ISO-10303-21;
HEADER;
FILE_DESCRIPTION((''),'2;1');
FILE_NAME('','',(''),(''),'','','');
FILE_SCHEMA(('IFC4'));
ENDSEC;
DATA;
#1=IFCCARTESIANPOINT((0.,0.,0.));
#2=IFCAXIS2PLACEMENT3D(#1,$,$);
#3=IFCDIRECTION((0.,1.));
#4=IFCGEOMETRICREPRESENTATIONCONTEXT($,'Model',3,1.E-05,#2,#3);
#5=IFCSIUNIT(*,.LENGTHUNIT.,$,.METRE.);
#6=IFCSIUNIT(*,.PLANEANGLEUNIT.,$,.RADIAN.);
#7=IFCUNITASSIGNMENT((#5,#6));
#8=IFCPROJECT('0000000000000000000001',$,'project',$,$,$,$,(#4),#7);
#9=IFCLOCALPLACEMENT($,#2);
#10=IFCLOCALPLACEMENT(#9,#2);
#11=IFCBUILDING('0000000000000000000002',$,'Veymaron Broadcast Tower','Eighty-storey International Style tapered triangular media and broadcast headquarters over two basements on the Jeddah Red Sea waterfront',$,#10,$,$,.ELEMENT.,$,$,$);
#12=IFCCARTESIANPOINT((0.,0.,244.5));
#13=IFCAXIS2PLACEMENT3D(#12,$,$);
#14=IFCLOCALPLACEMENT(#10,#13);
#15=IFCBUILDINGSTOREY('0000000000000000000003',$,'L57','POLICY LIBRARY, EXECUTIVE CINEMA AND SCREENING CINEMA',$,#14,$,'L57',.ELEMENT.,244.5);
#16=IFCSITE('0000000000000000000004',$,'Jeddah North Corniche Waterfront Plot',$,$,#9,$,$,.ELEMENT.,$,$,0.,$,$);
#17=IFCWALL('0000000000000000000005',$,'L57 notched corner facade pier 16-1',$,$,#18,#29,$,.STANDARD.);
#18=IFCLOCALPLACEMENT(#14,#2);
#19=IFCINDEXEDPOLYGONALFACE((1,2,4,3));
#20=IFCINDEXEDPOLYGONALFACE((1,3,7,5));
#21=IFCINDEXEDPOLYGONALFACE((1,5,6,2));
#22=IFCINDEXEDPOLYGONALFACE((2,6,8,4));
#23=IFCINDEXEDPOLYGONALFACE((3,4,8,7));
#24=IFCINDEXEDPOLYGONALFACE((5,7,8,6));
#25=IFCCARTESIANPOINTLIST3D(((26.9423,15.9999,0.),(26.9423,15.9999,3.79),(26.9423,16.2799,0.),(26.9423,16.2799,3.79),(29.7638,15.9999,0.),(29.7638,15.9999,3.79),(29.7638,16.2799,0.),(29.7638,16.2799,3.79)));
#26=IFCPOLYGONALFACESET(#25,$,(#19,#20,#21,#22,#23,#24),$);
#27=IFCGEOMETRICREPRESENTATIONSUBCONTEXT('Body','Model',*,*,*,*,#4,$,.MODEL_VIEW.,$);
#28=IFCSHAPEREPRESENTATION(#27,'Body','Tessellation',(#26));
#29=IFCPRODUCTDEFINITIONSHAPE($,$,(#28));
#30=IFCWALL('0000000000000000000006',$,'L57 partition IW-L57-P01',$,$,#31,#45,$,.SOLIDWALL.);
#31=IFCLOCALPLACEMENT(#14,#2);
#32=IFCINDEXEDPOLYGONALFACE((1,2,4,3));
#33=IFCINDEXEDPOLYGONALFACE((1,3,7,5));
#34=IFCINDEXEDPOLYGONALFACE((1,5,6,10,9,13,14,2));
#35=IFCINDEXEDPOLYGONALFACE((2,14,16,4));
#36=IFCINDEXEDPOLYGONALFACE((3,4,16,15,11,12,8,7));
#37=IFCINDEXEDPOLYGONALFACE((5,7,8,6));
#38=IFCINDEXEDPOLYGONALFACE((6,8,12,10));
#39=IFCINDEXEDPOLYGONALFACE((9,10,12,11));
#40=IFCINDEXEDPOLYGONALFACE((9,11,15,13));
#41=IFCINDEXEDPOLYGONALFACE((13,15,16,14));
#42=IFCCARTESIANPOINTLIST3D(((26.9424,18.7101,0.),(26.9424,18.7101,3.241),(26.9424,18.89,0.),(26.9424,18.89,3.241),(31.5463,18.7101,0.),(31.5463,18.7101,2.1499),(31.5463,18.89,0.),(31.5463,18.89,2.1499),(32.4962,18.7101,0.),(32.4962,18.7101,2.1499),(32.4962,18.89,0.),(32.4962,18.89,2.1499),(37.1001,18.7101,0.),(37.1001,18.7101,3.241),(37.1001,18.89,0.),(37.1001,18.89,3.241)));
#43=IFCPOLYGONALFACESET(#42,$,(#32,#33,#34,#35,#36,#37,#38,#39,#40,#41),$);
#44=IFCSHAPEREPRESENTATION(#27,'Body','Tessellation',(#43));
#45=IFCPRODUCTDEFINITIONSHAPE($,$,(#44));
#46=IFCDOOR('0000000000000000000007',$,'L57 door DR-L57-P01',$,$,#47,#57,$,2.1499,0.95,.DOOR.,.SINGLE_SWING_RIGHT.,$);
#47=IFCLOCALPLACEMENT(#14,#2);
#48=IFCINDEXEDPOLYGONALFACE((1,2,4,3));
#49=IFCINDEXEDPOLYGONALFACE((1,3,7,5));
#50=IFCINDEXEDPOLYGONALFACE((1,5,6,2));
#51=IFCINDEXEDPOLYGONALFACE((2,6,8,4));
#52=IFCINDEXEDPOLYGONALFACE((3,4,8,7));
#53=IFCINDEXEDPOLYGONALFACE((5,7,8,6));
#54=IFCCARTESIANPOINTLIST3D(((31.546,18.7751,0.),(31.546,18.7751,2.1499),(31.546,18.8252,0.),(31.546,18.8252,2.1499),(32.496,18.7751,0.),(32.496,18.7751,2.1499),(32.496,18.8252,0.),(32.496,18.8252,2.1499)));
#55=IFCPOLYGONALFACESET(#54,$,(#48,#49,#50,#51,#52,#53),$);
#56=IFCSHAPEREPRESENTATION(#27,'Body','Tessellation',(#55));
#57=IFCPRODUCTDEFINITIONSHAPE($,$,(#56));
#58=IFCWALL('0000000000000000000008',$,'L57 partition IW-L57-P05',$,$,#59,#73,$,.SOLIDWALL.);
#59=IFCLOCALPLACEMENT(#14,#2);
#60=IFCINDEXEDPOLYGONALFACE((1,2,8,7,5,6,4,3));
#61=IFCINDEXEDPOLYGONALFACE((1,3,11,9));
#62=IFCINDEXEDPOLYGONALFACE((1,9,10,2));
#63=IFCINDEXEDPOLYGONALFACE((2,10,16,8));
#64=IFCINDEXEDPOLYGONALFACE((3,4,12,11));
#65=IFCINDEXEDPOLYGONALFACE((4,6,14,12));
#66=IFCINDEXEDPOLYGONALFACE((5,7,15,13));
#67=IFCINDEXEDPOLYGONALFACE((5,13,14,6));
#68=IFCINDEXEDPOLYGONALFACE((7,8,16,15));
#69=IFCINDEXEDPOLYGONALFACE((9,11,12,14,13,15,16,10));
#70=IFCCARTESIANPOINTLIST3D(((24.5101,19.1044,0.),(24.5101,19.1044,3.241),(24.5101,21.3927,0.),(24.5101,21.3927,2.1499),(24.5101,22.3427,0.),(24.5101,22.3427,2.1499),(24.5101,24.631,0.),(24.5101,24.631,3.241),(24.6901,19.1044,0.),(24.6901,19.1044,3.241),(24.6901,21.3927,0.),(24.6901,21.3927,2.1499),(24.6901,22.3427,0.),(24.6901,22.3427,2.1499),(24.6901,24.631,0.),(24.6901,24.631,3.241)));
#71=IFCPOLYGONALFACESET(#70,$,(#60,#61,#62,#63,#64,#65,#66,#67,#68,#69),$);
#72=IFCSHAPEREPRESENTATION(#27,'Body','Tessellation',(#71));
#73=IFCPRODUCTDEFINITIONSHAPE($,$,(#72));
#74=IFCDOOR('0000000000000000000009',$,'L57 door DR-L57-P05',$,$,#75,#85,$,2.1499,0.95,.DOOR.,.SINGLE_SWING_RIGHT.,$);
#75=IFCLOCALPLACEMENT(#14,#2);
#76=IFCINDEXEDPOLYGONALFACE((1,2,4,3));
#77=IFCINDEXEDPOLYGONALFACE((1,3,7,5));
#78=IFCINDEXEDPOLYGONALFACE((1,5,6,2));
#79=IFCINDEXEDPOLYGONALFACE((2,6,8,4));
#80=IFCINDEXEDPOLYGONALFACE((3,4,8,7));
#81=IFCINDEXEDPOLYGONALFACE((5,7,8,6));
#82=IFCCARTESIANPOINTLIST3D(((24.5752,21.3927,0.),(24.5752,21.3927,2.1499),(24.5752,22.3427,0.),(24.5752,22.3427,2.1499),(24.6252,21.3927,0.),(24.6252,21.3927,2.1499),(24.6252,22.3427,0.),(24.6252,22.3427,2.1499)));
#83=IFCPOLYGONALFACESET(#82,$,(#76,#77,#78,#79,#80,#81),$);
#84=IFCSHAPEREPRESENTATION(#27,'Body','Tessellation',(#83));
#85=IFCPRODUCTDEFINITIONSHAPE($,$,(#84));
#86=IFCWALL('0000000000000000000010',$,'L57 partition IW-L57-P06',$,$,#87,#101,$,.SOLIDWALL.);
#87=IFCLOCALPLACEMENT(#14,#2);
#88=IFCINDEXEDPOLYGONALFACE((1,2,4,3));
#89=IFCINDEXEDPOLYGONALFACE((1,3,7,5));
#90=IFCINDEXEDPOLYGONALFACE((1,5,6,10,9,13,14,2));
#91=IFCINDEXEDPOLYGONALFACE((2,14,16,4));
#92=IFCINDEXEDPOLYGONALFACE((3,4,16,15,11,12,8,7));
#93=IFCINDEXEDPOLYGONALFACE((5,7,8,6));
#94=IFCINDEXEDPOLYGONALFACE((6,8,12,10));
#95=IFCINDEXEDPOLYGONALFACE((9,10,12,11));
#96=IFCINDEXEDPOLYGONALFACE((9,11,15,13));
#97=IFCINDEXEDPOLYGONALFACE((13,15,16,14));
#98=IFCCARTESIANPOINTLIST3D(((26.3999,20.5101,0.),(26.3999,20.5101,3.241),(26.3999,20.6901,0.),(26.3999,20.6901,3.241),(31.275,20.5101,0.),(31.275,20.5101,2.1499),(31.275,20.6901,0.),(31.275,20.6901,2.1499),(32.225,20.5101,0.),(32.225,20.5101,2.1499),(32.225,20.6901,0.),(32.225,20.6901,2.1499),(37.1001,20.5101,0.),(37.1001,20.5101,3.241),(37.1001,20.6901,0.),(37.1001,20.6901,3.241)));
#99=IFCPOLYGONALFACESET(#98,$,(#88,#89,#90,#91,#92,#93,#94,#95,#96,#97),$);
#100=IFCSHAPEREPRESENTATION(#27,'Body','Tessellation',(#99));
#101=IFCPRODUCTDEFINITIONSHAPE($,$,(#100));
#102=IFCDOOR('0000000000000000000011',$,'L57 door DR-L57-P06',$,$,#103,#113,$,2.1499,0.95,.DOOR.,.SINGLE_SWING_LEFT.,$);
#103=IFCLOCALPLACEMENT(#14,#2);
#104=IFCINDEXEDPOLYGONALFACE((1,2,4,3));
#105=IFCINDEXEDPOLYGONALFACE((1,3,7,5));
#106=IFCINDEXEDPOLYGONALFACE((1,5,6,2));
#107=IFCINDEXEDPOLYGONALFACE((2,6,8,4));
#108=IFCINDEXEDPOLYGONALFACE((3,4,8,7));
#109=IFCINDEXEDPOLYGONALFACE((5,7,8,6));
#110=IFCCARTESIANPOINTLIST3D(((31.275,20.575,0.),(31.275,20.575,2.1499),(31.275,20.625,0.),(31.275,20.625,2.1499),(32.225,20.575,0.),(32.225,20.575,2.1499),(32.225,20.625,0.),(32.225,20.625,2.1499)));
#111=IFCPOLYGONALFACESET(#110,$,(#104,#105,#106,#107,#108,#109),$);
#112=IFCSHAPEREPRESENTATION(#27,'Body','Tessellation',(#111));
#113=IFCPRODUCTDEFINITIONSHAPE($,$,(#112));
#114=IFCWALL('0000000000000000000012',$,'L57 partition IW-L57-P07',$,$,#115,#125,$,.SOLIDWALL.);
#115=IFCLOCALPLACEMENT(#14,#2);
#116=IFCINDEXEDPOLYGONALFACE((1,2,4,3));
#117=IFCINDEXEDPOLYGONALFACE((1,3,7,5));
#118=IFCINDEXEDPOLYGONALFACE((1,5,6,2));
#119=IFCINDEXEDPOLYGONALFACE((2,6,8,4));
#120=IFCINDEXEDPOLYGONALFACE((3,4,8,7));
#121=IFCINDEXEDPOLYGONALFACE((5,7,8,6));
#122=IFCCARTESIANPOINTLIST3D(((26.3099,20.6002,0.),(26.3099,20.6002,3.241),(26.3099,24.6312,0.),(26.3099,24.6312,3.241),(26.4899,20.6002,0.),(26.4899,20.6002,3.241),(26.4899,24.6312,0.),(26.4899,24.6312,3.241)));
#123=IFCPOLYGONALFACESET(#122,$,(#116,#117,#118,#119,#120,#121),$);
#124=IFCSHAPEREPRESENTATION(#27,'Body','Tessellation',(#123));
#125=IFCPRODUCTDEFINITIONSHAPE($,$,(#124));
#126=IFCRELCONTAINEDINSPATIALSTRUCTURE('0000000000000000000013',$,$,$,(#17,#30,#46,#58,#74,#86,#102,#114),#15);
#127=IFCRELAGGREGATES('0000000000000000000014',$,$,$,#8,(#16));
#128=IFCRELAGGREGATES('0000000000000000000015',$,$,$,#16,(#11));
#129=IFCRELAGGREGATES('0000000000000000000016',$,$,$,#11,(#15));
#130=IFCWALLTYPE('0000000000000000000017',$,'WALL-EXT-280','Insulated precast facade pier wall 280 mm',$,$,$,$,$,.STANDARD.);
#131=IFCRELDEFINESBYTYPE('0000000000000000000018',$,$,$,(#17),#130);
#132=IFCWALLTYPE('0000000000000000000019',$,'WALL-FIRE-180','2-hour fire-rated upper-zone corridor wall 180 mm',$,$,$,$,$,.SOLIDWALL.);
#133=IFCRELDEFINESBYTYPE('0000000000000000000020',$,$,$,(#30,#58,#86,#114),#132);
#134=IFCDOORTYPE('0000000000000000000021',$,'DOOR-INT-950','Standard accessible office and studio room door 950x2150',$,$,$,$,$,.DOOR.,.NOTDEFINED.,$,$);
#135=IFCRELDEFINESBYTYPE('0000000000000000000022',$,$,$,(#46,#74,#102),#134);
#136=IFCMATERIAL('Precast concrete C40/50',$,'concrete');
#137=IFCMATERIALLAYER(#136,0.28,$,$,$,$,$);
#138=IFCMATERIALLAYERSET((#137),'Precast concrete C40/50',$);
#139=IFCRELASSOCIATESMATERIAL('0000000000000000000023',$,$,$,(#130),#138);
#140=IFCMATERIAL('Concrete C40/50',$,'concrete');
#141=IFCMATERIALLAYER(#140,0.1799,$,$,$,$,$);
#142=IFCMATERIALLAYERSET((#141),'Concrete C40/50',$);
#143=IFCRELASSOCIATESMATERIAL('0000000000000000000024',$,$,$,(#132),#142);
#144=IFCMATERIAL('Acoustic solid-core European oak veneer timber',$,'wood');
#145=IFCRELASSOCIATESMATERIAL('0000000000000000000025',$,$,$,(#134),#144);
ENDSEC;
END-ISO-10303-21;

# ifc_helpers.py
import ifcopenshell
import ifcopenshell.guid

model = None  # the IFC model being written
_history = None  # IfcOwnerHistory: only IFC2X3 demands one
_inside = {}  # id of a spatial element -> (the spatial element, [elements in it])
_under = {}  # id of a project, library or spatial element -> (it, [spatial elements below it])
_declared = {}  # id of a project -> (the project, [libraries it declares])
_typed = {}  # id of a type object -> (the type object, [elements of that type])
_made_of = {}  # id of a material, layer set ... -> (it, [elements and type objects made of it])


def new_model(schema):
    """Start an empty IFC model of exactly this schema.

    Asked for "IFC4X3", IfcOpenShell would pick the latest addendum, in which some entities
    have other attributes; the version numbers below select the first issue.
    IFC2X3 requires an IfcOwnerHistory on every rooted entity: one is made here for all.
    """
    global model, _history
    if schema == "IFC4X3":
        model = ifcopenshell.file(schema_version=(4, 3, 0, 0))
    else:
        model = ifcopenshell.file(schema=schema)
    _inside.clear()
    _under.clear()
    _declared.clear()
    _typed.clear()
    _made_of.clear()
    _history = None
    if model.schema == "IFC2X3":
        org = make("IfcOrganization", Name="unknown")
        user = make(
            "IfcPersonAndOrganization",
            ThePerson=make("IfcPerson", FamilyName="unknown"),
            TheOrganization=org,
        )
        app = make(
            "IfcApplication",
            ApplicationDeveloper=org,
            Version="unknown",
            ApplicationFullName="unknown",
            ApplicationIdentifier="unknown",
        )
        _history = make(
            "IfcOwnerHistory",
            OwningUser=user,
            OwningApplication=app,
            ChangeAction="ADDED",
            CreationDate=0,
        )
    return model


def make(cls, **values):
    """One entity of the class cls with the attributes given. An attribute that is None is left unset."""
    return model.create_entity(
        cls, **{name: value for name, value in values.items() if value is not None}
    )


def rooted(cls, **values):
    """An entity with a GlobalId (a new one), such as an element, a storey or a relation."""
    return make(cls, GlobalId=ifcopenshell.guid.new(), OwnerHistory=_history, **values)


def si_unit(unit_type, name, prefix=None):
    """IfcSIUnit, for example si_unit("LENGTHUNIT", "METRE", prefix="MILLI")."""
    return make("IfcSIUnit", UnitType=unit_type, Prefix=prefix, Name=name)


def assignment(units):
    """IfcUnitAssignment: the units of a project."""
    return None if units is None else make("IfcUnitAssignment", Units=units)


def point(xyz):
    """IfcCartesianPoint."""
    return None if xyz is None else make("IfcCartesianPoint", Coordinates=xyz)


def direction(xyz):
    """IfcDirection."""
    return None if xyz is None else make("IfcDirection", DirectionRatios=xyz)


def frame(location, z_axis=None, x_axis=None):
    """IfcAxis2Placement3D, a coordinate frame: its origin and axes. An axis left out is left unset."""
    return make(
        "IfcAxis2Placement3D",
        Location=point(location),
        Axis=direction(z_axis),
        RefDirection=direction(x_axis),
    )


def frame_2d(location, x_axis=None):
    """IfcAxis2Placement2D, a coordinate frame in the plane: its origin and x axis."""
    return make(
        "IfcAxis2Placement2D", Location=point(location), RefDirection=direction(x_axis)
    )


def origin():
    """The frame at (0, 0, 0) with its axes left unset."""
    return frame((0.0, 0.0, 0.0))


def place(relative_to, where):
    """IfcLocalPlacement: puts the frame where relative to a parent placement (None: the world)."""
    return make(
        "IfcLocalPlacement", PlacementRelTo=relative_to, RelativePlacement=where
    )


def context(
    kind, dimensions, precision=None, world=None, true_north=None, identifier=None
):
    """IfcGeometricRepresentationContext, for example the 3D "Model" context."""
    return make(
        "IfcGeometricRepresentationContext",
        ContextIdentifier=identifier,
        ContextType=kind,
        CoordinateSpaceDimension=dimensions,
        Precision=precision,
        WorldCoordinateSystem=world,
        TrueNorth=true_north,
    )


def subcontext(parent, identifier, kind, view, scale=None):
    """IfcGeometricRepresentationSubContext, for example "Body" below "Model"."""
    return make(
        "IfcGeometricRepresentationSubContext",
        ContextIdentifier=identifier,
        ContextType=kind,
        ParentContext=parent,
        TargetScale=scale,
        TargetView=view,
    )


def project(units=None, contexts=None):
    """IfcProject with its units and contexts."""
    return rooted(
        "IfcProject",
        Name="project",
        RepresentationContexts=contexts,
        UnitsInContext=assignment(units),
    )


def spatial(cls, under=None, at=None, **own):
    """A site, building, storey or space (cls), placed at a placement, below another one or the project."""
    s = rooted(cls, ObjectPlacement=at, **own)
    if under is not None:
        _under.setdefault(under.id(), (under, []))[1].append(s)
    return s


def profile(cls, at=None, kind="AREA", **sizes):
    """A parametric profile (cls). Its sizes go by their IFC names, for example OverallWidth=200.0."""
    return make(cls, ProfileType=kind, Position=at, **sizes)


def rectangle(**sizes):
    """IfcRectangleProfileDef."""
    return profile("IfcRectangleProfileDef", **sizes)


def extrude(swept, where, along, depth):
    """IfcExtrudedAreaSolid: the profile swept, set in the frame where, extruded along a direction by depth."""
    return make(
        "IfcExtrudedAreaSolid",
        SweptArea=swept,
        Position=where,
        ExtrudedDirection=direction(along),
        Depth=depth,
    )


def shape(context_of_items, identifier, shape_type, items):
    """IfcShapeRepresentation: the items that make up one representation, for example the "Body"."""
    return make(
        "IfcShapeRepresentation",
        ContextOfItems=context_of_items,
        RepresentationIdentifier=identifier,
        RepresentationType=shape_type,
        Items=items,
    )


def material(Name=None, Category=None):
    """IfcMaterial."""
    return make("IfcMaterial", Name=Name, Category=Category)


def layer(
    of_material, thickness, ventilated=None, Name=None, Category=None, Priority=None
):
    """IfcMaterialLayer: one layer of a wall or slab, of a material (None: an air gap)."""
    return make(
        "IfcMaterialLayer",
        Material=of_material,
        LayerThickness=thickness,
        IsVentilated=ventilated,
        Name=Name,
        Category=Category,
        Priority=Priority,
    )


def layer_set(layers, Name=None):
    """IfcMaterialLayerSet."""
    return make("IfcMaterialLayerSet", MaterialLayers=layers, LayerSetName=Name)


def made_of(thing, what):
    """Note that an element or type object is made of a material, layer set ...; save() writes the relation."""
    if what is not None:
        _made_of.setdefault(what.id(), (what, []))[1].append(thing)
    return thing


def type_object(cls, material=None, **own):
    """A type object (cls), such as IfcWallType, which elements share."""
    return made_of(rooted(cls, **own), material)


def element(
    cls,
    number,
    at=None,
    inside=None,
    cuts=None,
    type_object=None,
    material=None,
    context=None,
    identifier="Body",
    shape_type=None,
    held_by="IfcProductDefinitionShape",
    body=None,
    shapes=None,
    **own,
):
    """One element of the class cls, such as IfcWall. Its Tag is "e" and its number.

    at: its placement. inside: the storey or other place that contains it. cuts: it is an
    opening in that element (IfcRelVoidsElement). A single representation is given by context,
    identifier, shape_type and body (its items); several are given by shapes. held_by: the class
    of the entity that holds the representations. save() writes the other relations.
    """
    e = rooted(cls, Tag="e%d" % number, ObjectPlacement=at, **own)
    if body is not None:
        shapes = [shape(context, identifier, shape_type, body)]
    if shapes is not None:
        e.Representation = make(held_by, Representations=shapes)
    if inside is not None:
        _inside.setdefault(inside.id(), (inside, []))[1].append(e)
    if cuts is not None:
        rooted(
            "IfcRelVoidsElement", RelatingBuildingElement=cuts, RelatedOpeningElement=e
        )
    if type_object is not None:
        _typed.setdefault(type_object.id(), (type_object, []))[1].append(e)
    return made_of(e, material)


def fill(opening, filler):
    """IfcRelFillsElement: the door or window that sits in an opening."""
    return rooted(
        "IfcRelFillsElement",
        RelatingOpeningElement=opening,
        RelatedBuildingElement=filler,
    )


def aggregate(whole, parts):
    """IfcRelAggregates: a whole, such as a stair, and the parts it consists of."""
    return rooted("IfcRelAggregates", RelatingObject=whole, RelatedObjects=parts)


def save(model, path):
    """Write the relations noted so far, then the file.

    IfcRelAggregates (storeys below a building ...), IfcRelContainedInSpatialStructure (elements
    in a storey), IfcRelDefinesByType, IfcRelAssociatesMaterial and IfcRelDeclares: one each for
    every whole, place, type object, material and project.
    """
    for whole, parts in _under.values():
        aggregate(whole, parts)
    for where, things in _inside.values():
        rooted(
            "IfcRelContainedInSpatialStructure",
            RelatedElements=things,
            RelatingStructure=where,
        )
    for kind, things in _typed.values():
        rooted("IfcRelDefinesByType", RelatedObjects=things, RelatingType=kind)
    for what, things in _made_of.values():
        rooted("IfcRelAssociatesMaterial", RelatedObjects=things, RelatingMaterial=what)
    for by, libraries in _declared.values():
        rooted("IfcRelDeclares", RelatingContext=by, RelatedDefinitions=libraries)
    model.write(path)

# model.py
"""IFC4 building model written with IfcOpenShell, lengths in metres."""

from ifc_helpers import new_model, si_unit, direction, frame, frame_2d, origin, place, context, subcontext, project, spatial, rectangle, extrude, material, layer, layer_set, type_object, element, fill, save


model = new_model("IFC4")

# Units and contexts
model_context = context("Model", 3, precision=1e-05, world=origin(), true_north=direction((0.0, 1.0)))
body_context = subcontext(model_context, "Body", "Model", "MODEL_VIEW")
ifc_project = project(units=[si_unit("LENGTHUNIT", "METRE"), si_unit("PLANEANGLEUNIT", "RADIAN")], contexts=[model_context])

# Site, building, storey
site_placement = place(None, origin())
site = spatial("IfcSite", under=ifc_project, at=site_placement, Name="Jeddah North Corniche Waterfront Plot", CompositionType="ELEMENT", RefElevation=0.0)
building_placement = place(site_placement, origin())
building = spatial("IfcBuilding", under=site, at=building_placement, Name="Veymaron Broadcast Tower", Description="Eighty-storey International Style tapered triangular media and broadcast headquarters over two basements on the Jeddah Red Sea waterfront", CompositionType="ELEMENT")
storey_placement = place(building_placement, frame((0.0, 0.0, 244.5)))
storey = spatial("IfcBuildingStorey", under=building, at=storey_placement, Name="L57", Description="POLICY LIBRARY, EXECUTIVE CINEMA AND SCREENING CINEMA", LongName="L57", CompositionType="ELEMENT", Elevation=244.5)

# Shared definitions
ifc_material_1 = material(Name="Concrete C40/50", Category="concrete")

# Wall
ifc_material_2 = material(Name="Precast concrete C40/50", Category="concrete")
ifc_layer_1 = layer(ifc_material_2, 0.28)
ifc_layer_set_1 = layer_set([ifc_layer_1], Name="Precast concrete C40/50")
wall_type_1 = type_object("IfcWallType", Name="WALL-EXT-280", Description="Insulated precast facade pier wall 280 mm", PredefinedType="STANDARD", material=ifc_layer_set_1)
wall_1_placement = place(storey_placement, frame((26.9424, 16.1399, 0.0), z_axis=(0.0, 0.0, 1.0), x_axis=(1.0, 0.0, 0.0)))
element("IfcWall", 1, at=wall_1_placement, inside=storey, type_object=wall_type_1, Name="L57 notched corner facade pier 16-1", PredefinedType="STANDARD", context=body_context, shape_type="SweptSolid", body=[
    extrude(rectangle(XDim=2.8215, YDim=0.28, at=frame_2d((1.4106, 0.0))), origin(), (0.0, 0.0, 1.0), 3.79),
])

# Walls, openings, doors
ifc_layer_2 = layer(ifc_material_1, 0.1799)
ifc_layer_set_2 = layer_set([ifc_layer_2], Name="Concrete C40/50")
wall_type_2 = type_object("IfcWallType", Name="WALL-FIRE-180", Description="2-hour fire-rated upper-zone corridor wall 180 mm", PredefinedType="SOLIDWALL", material=ifc_layer_set_2)
wall_2_placement = place(storey_placement, frame((26.9424, 18.8, 0.0), z_axis=(0.0, 0.0, 1.0), x_axis=(1.0, 0.0, 0.0)))
wall_2 = element("IfcWall", 2, at=wall_2_placement, inside=storey, type_object=wall_type_2, Name="L57 partition IW-L57-P01", PredefinedType="SOLIDWALL", context=body_context, shape_type="SweptSolid", body=[
    extrude(rectangle(XDim=10.1577, YDim=0.1799, at=frame_2d((5.0789, 0.0))), origin(), (0.0, 0.0, 1.0), 3.241),
])
opening_1_placement = place(wall_2_placement, frame((4.6038, 0.0, 0.0)))
opening_1 = element("IfcOpeningElement", 3, at=opening_1_placement, cuts=wall_2, PredefinedType="OPENING", context=body_context, shape_type="SweptSolid", body=[
    extrude(rectangle(XDim=0.95, YDim=2.1499, at=frame_2d((0.4751, 1.075))), frame((0.0, 0.1001, 0.0), z_axis=(0.0, -1.0, 0.0), x_axis=(1.0, 0.0, 0.0)), (0.0, 0.0, 1.0), 0.2),
])
ifc_material_3 = material(Name="Acoustic solid-core European oak veneer timber", Category="wood")
door_type = type_object("IfcDoorType", Name="DOOR-INT-950", Description="Standard accessible office and studio room door 950x2150", OperationType="NOTDEFINED", PredefinedType="DOOR", material=ifc_material_3)
door_1_placement = place(opening_1_placement, frame((0.95, 0.0, 0.0), z_axis=(0.0, 0.0, 1.0), x_axis=(-1.0, 0.0, 0.0)))
door_1 = element("IfcDoor", 4, at=door_1_placement, inside=storey, type_object=door_type, Name="L57 door DR-L57-P01", OperationType="SINGLE_SWING_RIGHT", OverallHeight=2.1499, OverallWidth=0.95, PredefinedType="DOOR", context=body_context, shape_type="SweptSolid", body=[
    extrude(rectangle(XDim=0.95, YDim=2.1499, at=frame_2d((0.4751, 1.075))), frame((0.0, 0.0249, 0.0), z_axis=(0.0, -1.0, 0.0), x_axis=(1.0, 0.0, 0.0)), (0.0, 0.0, 1.0), 0.05),
])
fill(opening_1, door_1)
wall_3_placement = place(storey_placement, frame((24.6001, 19.1045, 0.0), z_axis=(0.0, 0.0, 1.0), x_axis=(0.0, 1.0, 0.0)))
wall_3 = element("IfcWall", 5, at=wall_3_placement, inside=storey, type_object=wall_type_2, Name="L57 partition IW-L57-P05", PredefinedType="SOLIDWALL", context=body_context, shape_type="SweptSolid", body=[
    extrude(rectangle(XDim=5.5266, YDim=0.1799, at=frame_2d((2.7632, 0.0))), origin(), (0.0, 0.0, 1.0), 3.241),
])
opening_2_placement = place(wall_3_placement, frame((2.2881, 0.0, 0.0)))
opening_2 = element("IfcOpeningElement", 6, at=opening_2_placement, cuts=wall_3, PredefinedType="OPENING", context=body_context, shape_type="SweptSolid", body=[
    extrude(rectangle(XDim=0.95, YDim=2.1499, at=frame_2d((0.4751, 1.075))), frame((0.0, 0.1001, 0.0), z_axis=(0.0, -1.0, 0.0), x_axis=(1.0, 0.0, 0.0)), (0.0, 0.0, 1.0), 0.2),
])
door_2_placement = place(opening_2_placement, origin())
door_2 = element("IfcDoor", 7, at=door_2_placement, inside=storey, type_object=door_type, Name="L57 door DR-L57-P05", OperationType="SINGLE_SWING_RIGHT", OverallHeight=2.1499, OverallWidth=0.95, PredefinedType="DOOR", context=body_context, shape_type="SweptSolid", body=[
    extrude(rectangle(XDim=0.95, YDim=2.1499, at=frame_2d((0.4751, 1.075))), frame((0.0, 0.0249, 0.0), z_axis=(0.0, -1.0, 0.0), x_axis=(1.0, 0.0, 0.0)), (0.0, 0.0, 1.0), 0.05),
])
fill(opening_2, door_2)
wall_4_placement = place(storey_placement, frame((26.3999, 20.6001, 0.0), z_axis=(0.0, 0.0, 1.0), x_axis=(1.0, 0.0, 0.0)))
wall_4 = element("IfcWall", 8, at=wall_4_placement, inside=storey, type_object=wall_type_2, Name="L57 partition IW-L57-P06", PredefinedType="SOLIDWALL", context=body_context, shape_type="SweptSolid", body=[
    extrude(rectangle(XDim=10.7002, YDim=0.1799, at=frame_2d((5.3501, 0.0))), origin(), (0.0, 0.0, 1.0), 3.241),
])
opening_3_placement = place(wall_4_placement, frame((4.875, 0.0, 0.0)))
opening_3 = element("IfcOpeningElement", 9, at=opening_3_placement, cuts=wall_4, PredefinedType="OPENING", context=body_context, shape_type="SweptSolid", body=[
    extrude(rectangle(XDim=0.95, YDim=2.1499, at=frame_2d((0.4751, 1.075))), frame((0.0, 0.1001, 0.0), z_axis=(0.0, -1.0, 0.0), x_axis=(1.0, 0.0, 0.0)), (0.0, 0.0, 1.0), 0.2),
])
door_3_placement = place(opening_3_placement, origin())
door_3 = element("IfcDoor", 10, at=door_3_placement, inside=storey, type_object=door_type, Name="L57 door DR-L57-P06", OperationType="SINGLE_SWING_LEFT", OverallHeight=2.1499, OverallWidth=0.95, PredefinedType="DOOR", context=body_context, shape_type="SweptSolid", body=[
    extrude(rectangle(XDim=0.95, YDim=2.1499, at=frame_2d((0.4751, 1.075))), frame((0.0, 0.0249, 0.0), z_axis=(0.0, -1.0, 0.0), x_axis=(1.0, 0.0, 0.0)), (0.0, 0.0, 1.0), 0.05),
])
fill(opening_3, door_3)

# Wall
wall_5_placement = place(storey_placement, frame((26.3999, 20.6001, 0.0), z_axis=(0.0, 0.0, 1.0), x_axis=(0.0, 1.0, 0.0)))
element("IfcWall", 11, at=wall_5_placement, inside=storey, type_object=wall_type_2, Name="L57 partition IW-L57-P07", PredefinedType="SOLIDWALL", context=body_context, shape_type="SweptSolid", body=[
    extrude(rectangle(XDim=4.031, YDim=0.1799, at=frame_2d((2.0156, 0.0))), origin(), (0.0, 0.0, 1.0), 3.241),
])

save(model, "model.ifc")
